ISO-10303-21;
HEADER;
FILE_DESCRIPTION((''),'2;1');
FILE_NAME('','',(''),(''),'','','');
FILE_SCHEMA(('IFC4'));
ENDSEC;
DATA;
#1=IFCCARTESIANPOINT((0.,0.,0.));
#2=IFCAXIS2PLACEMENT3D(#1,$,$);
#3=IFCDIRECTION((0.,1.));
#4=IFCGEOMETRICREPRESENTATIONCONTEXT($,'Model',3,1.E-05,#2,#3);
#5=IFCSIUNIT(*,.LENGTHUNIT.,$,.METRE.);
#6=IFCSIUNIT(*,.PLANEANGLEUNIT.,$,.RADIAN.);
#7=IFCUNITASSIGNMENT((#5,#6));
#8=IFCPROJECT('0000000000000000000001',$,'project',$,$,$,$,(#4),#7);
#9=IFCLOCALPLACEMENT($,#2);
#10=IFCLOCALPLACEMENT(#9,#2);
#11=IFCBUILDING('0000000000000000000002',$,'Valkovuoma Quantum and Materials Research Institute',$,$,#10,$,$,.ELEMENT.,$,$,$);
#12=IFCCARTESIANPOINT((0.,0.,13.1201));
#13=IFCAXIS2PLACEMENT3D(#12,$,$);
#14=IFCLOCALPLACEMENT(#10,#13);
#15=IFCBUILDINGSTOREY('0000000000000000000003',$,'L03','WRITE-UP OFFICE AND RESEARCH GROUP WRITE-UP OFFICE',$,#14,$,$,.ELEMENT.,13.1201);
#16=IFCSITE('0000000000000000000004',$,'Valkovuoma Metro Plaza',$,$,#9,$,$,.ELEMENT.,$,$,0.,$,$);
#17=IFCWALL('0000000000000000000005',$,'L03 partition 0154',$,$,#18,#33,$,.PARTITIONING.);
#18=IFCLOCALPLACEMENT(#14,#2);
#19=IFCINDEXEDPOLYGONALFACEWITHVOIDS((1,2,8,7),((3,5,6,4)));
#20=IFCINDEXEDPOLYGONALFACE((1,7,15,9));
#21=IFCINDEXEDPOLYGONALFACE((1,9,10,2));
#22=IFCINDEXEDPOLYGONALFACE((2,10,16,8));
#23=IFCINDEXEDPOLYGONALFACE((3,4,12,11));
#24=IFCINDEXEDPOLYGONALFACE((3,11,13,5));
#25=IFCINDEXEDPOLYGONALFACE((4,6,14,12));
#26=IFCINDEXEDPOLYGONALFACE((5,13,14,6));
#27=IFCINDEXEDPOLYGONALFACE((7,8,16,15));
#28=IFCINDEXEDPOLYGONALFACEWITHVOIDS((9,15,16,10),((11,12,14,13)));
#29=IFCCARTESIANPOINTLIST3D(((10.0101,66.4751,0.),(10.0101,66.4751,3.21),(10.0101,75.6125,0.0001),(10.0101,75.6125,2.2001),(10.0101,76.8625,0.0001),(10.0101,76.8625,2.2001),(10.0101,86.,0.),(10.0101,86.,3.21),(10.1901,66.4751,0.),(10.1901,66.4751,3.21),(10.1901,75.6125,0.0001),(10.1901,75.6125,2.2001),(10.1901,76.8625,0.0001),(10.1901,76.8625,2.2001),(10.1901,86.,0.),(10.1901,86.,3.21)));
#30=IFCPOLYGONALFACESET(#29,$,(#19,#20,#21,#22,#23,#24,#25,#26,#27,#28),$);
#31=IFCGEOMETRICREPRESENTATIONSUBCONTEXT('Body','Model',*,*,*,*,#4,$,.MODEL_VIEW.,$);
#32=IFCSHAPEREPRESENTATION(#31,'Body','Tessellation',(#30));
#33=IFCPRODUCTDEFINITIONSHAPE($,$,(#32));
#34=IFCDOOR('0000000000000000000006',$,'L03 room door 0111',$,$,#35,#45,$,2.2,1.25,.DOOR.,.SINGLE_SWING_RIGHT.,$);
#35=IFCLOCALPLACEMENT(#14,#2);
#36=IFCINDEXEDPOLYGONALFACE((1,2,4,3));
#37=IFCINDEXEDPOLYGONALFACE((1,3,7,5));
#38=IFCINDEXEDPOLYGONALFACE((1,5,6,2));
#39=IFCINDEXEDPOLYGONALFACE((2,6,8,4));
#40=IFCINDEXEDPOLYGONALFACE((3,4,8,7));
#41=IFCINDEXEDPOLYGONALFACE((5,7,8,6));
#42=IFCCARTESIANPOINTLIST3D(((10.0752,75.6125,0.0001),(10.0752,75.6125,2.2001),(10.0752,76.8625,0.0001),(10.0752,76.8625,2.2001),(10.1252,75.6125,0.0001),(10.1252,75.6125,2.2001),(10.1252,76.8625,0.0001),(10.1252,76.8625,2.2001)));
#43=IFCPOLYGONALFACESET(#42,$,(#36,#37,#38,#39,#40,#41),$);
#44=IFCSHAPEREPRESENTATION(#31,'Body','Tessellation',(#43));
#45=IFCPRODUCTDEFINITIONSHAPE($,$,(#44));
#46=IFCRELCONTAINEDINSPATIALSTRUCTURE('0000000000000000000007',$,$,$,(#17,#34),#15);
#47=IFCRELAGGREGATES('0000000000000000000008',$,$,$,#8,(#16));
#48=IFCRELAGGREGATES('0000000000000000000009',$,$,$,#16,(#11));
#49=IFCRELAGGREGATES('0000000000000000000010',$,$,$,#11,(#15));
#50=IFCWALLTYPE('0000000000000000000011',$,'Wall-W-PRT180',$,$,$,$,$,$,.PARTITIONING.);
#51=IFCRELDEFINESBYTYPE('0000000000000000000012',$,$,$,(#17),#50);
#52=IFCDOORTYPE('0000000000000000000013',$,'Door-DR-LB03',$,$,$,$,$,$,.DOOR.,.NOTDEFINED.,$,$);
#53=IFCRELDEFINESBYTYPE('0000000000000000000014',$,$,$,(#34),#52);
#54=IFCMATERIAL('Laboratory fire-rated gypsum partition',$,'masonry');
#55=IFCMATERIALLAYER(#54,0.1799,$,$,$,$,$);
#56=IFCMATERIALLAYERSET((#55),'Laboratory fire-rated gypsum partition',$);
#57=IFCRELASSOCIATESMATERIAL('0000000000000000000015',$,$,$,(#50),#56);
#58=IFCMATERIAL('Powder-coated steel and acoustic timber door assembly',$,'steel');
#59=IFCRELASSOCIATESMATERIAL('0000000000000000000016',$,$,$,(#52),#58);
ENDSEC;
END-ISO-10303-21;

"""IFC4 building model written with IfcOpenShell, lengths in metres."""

from ifc_helpers import new_model, si_unit, direction, frame, frame_2d, origin, place, context, subcontext, project, spatial, rectangle, extrude, material, layer, layer_set, type_object, element, fill, save


model = new_model("IFC4")

# Units and contexts
model_context = context("Model", 3, precision=1e-05, world=origin(), true_north=direction((0.0, 1.0)))
body_context = subcontext(model_context, "Body", "Model", "MODEL_VIEW")
ifc_project = project(units=[si_unit("LENGTHUNIT", "METRE"), si_unit("PLANEANGLEUNIT", "RADIAN")], contexts=[model_context])

# Site, building, storey
site_placement = place(None, origin())
site = spatial("IfcSite", under=ifc_project, at=site_placement, Name="Valkovuoma Metro Plaza", CompositionType="ELEMENT", RefElevation=0.0)
building_placement = place(site_placement, origin())
building = spatial("IfcBuilding", under=site, at=building_placement, Name="Valkovuoma Quantum and Materials Research Institute", CompositionType="ELEMENT")
storey_placement = place(building_placement, frame((0.0, 0.0, 13.1201)))
storey = spatial("IfcBuildingStorey", under=building, at=storey_placement, Name="L03", Description="WRITE-UP OFFICE AND RESEARCH GROUP WRITE-UP OFFICE", CompositionType="ELEMENT", Elevation=13.1201)

# Wall, opening, door
ifc_material_1 = material(Name="Laboratory fire-rated gypsum partition", Category="masonry")
ifc_layer_1 = layer(ifc_material_1, 0.1799)
ifc_layer_set_1 = layer_set([ifc_layer_1], Name="Laboratory fire-rated gypsum partition")
wall_type_1 = type_object("IfcWallType", Name="Wall-W-PRT180", PredefinedType="PARTITIONING", material=ifc_layer_set_1)
wall_1_placement = place(storey_placement, frame((10.1001, 66.4751, 0.0), z_axis=(0.0, 0.0, 1.0), x_axis=(0.0, 1.0, 0.0)))
wall_1 = element("IfcWall", 1, at=wall_1_placement, inside=storey, type_object=wall_type_1, Name="L03 partition 0154", PredefinedType="PARTITIONING", context=body_context, shape_type="SweptSolid", body=[
    extrude(rectangle(XDim=19.5249, YDim=0.1799, at=frame_2d((9.7625, 0.0))), origin(), (0.0, 0.0, 1.0), 3.21),
])
opening_placement = place(wall_1_placement, frame((9.1375, 0.0, 0.0)))
opening = element("IfcOpeningElement", 2, at=opening_placement, cuts=wall_1, PredefinedType="OPENING", context=body_context, shape_type="SweptSolid", body=[
    extrude(rectangle(XDim=1.25, YDim=2.2, at=frame_2d((0.625, 1.1001))), frame((0.0, 0.1001, 0.0), z_axis=(0.0, -1.0, 0.0), x_axis=(1.0, 0.0, 0.0)), (0.0, 0.0, 1.0), 0.2),
])
ifc_material_2 = material(Name="Powder-coated steel and acoustic timber door assembly", Category="steel")
door_type = type_object("IfcDoorType", Name="Door-DR-LB03", OperationType="NOTDEFINED", PredefinedType="DOOR", material=ifc_material_2)
door_placement = place(opening_placement, origin())
door = element("IfcDoor", 3, at=door_placement, inside=storey, type_object=door_type, Name="L03 room door 0111", OperationType="SINGLE_SWING_RIGHT", OverallHeight=2.2, OverallWidth=1.25, PredefinedType="DOOR", context=body_context, shape_type="SweptSolid", body=[
    extrude(rectangle(XDim=1.25, YDim=2.2, at=frame_2d((0.625, 1.1001))), frame((0.0, 0.0249, 0.0), z_axis=(0.0, -1.0, 0.0), x_axis=(1.0, 0.0, 0.0)), (0.0, 0.0, 1.0), 0.05),
])
fill(opening, door)

save(model, "model.ifc")
